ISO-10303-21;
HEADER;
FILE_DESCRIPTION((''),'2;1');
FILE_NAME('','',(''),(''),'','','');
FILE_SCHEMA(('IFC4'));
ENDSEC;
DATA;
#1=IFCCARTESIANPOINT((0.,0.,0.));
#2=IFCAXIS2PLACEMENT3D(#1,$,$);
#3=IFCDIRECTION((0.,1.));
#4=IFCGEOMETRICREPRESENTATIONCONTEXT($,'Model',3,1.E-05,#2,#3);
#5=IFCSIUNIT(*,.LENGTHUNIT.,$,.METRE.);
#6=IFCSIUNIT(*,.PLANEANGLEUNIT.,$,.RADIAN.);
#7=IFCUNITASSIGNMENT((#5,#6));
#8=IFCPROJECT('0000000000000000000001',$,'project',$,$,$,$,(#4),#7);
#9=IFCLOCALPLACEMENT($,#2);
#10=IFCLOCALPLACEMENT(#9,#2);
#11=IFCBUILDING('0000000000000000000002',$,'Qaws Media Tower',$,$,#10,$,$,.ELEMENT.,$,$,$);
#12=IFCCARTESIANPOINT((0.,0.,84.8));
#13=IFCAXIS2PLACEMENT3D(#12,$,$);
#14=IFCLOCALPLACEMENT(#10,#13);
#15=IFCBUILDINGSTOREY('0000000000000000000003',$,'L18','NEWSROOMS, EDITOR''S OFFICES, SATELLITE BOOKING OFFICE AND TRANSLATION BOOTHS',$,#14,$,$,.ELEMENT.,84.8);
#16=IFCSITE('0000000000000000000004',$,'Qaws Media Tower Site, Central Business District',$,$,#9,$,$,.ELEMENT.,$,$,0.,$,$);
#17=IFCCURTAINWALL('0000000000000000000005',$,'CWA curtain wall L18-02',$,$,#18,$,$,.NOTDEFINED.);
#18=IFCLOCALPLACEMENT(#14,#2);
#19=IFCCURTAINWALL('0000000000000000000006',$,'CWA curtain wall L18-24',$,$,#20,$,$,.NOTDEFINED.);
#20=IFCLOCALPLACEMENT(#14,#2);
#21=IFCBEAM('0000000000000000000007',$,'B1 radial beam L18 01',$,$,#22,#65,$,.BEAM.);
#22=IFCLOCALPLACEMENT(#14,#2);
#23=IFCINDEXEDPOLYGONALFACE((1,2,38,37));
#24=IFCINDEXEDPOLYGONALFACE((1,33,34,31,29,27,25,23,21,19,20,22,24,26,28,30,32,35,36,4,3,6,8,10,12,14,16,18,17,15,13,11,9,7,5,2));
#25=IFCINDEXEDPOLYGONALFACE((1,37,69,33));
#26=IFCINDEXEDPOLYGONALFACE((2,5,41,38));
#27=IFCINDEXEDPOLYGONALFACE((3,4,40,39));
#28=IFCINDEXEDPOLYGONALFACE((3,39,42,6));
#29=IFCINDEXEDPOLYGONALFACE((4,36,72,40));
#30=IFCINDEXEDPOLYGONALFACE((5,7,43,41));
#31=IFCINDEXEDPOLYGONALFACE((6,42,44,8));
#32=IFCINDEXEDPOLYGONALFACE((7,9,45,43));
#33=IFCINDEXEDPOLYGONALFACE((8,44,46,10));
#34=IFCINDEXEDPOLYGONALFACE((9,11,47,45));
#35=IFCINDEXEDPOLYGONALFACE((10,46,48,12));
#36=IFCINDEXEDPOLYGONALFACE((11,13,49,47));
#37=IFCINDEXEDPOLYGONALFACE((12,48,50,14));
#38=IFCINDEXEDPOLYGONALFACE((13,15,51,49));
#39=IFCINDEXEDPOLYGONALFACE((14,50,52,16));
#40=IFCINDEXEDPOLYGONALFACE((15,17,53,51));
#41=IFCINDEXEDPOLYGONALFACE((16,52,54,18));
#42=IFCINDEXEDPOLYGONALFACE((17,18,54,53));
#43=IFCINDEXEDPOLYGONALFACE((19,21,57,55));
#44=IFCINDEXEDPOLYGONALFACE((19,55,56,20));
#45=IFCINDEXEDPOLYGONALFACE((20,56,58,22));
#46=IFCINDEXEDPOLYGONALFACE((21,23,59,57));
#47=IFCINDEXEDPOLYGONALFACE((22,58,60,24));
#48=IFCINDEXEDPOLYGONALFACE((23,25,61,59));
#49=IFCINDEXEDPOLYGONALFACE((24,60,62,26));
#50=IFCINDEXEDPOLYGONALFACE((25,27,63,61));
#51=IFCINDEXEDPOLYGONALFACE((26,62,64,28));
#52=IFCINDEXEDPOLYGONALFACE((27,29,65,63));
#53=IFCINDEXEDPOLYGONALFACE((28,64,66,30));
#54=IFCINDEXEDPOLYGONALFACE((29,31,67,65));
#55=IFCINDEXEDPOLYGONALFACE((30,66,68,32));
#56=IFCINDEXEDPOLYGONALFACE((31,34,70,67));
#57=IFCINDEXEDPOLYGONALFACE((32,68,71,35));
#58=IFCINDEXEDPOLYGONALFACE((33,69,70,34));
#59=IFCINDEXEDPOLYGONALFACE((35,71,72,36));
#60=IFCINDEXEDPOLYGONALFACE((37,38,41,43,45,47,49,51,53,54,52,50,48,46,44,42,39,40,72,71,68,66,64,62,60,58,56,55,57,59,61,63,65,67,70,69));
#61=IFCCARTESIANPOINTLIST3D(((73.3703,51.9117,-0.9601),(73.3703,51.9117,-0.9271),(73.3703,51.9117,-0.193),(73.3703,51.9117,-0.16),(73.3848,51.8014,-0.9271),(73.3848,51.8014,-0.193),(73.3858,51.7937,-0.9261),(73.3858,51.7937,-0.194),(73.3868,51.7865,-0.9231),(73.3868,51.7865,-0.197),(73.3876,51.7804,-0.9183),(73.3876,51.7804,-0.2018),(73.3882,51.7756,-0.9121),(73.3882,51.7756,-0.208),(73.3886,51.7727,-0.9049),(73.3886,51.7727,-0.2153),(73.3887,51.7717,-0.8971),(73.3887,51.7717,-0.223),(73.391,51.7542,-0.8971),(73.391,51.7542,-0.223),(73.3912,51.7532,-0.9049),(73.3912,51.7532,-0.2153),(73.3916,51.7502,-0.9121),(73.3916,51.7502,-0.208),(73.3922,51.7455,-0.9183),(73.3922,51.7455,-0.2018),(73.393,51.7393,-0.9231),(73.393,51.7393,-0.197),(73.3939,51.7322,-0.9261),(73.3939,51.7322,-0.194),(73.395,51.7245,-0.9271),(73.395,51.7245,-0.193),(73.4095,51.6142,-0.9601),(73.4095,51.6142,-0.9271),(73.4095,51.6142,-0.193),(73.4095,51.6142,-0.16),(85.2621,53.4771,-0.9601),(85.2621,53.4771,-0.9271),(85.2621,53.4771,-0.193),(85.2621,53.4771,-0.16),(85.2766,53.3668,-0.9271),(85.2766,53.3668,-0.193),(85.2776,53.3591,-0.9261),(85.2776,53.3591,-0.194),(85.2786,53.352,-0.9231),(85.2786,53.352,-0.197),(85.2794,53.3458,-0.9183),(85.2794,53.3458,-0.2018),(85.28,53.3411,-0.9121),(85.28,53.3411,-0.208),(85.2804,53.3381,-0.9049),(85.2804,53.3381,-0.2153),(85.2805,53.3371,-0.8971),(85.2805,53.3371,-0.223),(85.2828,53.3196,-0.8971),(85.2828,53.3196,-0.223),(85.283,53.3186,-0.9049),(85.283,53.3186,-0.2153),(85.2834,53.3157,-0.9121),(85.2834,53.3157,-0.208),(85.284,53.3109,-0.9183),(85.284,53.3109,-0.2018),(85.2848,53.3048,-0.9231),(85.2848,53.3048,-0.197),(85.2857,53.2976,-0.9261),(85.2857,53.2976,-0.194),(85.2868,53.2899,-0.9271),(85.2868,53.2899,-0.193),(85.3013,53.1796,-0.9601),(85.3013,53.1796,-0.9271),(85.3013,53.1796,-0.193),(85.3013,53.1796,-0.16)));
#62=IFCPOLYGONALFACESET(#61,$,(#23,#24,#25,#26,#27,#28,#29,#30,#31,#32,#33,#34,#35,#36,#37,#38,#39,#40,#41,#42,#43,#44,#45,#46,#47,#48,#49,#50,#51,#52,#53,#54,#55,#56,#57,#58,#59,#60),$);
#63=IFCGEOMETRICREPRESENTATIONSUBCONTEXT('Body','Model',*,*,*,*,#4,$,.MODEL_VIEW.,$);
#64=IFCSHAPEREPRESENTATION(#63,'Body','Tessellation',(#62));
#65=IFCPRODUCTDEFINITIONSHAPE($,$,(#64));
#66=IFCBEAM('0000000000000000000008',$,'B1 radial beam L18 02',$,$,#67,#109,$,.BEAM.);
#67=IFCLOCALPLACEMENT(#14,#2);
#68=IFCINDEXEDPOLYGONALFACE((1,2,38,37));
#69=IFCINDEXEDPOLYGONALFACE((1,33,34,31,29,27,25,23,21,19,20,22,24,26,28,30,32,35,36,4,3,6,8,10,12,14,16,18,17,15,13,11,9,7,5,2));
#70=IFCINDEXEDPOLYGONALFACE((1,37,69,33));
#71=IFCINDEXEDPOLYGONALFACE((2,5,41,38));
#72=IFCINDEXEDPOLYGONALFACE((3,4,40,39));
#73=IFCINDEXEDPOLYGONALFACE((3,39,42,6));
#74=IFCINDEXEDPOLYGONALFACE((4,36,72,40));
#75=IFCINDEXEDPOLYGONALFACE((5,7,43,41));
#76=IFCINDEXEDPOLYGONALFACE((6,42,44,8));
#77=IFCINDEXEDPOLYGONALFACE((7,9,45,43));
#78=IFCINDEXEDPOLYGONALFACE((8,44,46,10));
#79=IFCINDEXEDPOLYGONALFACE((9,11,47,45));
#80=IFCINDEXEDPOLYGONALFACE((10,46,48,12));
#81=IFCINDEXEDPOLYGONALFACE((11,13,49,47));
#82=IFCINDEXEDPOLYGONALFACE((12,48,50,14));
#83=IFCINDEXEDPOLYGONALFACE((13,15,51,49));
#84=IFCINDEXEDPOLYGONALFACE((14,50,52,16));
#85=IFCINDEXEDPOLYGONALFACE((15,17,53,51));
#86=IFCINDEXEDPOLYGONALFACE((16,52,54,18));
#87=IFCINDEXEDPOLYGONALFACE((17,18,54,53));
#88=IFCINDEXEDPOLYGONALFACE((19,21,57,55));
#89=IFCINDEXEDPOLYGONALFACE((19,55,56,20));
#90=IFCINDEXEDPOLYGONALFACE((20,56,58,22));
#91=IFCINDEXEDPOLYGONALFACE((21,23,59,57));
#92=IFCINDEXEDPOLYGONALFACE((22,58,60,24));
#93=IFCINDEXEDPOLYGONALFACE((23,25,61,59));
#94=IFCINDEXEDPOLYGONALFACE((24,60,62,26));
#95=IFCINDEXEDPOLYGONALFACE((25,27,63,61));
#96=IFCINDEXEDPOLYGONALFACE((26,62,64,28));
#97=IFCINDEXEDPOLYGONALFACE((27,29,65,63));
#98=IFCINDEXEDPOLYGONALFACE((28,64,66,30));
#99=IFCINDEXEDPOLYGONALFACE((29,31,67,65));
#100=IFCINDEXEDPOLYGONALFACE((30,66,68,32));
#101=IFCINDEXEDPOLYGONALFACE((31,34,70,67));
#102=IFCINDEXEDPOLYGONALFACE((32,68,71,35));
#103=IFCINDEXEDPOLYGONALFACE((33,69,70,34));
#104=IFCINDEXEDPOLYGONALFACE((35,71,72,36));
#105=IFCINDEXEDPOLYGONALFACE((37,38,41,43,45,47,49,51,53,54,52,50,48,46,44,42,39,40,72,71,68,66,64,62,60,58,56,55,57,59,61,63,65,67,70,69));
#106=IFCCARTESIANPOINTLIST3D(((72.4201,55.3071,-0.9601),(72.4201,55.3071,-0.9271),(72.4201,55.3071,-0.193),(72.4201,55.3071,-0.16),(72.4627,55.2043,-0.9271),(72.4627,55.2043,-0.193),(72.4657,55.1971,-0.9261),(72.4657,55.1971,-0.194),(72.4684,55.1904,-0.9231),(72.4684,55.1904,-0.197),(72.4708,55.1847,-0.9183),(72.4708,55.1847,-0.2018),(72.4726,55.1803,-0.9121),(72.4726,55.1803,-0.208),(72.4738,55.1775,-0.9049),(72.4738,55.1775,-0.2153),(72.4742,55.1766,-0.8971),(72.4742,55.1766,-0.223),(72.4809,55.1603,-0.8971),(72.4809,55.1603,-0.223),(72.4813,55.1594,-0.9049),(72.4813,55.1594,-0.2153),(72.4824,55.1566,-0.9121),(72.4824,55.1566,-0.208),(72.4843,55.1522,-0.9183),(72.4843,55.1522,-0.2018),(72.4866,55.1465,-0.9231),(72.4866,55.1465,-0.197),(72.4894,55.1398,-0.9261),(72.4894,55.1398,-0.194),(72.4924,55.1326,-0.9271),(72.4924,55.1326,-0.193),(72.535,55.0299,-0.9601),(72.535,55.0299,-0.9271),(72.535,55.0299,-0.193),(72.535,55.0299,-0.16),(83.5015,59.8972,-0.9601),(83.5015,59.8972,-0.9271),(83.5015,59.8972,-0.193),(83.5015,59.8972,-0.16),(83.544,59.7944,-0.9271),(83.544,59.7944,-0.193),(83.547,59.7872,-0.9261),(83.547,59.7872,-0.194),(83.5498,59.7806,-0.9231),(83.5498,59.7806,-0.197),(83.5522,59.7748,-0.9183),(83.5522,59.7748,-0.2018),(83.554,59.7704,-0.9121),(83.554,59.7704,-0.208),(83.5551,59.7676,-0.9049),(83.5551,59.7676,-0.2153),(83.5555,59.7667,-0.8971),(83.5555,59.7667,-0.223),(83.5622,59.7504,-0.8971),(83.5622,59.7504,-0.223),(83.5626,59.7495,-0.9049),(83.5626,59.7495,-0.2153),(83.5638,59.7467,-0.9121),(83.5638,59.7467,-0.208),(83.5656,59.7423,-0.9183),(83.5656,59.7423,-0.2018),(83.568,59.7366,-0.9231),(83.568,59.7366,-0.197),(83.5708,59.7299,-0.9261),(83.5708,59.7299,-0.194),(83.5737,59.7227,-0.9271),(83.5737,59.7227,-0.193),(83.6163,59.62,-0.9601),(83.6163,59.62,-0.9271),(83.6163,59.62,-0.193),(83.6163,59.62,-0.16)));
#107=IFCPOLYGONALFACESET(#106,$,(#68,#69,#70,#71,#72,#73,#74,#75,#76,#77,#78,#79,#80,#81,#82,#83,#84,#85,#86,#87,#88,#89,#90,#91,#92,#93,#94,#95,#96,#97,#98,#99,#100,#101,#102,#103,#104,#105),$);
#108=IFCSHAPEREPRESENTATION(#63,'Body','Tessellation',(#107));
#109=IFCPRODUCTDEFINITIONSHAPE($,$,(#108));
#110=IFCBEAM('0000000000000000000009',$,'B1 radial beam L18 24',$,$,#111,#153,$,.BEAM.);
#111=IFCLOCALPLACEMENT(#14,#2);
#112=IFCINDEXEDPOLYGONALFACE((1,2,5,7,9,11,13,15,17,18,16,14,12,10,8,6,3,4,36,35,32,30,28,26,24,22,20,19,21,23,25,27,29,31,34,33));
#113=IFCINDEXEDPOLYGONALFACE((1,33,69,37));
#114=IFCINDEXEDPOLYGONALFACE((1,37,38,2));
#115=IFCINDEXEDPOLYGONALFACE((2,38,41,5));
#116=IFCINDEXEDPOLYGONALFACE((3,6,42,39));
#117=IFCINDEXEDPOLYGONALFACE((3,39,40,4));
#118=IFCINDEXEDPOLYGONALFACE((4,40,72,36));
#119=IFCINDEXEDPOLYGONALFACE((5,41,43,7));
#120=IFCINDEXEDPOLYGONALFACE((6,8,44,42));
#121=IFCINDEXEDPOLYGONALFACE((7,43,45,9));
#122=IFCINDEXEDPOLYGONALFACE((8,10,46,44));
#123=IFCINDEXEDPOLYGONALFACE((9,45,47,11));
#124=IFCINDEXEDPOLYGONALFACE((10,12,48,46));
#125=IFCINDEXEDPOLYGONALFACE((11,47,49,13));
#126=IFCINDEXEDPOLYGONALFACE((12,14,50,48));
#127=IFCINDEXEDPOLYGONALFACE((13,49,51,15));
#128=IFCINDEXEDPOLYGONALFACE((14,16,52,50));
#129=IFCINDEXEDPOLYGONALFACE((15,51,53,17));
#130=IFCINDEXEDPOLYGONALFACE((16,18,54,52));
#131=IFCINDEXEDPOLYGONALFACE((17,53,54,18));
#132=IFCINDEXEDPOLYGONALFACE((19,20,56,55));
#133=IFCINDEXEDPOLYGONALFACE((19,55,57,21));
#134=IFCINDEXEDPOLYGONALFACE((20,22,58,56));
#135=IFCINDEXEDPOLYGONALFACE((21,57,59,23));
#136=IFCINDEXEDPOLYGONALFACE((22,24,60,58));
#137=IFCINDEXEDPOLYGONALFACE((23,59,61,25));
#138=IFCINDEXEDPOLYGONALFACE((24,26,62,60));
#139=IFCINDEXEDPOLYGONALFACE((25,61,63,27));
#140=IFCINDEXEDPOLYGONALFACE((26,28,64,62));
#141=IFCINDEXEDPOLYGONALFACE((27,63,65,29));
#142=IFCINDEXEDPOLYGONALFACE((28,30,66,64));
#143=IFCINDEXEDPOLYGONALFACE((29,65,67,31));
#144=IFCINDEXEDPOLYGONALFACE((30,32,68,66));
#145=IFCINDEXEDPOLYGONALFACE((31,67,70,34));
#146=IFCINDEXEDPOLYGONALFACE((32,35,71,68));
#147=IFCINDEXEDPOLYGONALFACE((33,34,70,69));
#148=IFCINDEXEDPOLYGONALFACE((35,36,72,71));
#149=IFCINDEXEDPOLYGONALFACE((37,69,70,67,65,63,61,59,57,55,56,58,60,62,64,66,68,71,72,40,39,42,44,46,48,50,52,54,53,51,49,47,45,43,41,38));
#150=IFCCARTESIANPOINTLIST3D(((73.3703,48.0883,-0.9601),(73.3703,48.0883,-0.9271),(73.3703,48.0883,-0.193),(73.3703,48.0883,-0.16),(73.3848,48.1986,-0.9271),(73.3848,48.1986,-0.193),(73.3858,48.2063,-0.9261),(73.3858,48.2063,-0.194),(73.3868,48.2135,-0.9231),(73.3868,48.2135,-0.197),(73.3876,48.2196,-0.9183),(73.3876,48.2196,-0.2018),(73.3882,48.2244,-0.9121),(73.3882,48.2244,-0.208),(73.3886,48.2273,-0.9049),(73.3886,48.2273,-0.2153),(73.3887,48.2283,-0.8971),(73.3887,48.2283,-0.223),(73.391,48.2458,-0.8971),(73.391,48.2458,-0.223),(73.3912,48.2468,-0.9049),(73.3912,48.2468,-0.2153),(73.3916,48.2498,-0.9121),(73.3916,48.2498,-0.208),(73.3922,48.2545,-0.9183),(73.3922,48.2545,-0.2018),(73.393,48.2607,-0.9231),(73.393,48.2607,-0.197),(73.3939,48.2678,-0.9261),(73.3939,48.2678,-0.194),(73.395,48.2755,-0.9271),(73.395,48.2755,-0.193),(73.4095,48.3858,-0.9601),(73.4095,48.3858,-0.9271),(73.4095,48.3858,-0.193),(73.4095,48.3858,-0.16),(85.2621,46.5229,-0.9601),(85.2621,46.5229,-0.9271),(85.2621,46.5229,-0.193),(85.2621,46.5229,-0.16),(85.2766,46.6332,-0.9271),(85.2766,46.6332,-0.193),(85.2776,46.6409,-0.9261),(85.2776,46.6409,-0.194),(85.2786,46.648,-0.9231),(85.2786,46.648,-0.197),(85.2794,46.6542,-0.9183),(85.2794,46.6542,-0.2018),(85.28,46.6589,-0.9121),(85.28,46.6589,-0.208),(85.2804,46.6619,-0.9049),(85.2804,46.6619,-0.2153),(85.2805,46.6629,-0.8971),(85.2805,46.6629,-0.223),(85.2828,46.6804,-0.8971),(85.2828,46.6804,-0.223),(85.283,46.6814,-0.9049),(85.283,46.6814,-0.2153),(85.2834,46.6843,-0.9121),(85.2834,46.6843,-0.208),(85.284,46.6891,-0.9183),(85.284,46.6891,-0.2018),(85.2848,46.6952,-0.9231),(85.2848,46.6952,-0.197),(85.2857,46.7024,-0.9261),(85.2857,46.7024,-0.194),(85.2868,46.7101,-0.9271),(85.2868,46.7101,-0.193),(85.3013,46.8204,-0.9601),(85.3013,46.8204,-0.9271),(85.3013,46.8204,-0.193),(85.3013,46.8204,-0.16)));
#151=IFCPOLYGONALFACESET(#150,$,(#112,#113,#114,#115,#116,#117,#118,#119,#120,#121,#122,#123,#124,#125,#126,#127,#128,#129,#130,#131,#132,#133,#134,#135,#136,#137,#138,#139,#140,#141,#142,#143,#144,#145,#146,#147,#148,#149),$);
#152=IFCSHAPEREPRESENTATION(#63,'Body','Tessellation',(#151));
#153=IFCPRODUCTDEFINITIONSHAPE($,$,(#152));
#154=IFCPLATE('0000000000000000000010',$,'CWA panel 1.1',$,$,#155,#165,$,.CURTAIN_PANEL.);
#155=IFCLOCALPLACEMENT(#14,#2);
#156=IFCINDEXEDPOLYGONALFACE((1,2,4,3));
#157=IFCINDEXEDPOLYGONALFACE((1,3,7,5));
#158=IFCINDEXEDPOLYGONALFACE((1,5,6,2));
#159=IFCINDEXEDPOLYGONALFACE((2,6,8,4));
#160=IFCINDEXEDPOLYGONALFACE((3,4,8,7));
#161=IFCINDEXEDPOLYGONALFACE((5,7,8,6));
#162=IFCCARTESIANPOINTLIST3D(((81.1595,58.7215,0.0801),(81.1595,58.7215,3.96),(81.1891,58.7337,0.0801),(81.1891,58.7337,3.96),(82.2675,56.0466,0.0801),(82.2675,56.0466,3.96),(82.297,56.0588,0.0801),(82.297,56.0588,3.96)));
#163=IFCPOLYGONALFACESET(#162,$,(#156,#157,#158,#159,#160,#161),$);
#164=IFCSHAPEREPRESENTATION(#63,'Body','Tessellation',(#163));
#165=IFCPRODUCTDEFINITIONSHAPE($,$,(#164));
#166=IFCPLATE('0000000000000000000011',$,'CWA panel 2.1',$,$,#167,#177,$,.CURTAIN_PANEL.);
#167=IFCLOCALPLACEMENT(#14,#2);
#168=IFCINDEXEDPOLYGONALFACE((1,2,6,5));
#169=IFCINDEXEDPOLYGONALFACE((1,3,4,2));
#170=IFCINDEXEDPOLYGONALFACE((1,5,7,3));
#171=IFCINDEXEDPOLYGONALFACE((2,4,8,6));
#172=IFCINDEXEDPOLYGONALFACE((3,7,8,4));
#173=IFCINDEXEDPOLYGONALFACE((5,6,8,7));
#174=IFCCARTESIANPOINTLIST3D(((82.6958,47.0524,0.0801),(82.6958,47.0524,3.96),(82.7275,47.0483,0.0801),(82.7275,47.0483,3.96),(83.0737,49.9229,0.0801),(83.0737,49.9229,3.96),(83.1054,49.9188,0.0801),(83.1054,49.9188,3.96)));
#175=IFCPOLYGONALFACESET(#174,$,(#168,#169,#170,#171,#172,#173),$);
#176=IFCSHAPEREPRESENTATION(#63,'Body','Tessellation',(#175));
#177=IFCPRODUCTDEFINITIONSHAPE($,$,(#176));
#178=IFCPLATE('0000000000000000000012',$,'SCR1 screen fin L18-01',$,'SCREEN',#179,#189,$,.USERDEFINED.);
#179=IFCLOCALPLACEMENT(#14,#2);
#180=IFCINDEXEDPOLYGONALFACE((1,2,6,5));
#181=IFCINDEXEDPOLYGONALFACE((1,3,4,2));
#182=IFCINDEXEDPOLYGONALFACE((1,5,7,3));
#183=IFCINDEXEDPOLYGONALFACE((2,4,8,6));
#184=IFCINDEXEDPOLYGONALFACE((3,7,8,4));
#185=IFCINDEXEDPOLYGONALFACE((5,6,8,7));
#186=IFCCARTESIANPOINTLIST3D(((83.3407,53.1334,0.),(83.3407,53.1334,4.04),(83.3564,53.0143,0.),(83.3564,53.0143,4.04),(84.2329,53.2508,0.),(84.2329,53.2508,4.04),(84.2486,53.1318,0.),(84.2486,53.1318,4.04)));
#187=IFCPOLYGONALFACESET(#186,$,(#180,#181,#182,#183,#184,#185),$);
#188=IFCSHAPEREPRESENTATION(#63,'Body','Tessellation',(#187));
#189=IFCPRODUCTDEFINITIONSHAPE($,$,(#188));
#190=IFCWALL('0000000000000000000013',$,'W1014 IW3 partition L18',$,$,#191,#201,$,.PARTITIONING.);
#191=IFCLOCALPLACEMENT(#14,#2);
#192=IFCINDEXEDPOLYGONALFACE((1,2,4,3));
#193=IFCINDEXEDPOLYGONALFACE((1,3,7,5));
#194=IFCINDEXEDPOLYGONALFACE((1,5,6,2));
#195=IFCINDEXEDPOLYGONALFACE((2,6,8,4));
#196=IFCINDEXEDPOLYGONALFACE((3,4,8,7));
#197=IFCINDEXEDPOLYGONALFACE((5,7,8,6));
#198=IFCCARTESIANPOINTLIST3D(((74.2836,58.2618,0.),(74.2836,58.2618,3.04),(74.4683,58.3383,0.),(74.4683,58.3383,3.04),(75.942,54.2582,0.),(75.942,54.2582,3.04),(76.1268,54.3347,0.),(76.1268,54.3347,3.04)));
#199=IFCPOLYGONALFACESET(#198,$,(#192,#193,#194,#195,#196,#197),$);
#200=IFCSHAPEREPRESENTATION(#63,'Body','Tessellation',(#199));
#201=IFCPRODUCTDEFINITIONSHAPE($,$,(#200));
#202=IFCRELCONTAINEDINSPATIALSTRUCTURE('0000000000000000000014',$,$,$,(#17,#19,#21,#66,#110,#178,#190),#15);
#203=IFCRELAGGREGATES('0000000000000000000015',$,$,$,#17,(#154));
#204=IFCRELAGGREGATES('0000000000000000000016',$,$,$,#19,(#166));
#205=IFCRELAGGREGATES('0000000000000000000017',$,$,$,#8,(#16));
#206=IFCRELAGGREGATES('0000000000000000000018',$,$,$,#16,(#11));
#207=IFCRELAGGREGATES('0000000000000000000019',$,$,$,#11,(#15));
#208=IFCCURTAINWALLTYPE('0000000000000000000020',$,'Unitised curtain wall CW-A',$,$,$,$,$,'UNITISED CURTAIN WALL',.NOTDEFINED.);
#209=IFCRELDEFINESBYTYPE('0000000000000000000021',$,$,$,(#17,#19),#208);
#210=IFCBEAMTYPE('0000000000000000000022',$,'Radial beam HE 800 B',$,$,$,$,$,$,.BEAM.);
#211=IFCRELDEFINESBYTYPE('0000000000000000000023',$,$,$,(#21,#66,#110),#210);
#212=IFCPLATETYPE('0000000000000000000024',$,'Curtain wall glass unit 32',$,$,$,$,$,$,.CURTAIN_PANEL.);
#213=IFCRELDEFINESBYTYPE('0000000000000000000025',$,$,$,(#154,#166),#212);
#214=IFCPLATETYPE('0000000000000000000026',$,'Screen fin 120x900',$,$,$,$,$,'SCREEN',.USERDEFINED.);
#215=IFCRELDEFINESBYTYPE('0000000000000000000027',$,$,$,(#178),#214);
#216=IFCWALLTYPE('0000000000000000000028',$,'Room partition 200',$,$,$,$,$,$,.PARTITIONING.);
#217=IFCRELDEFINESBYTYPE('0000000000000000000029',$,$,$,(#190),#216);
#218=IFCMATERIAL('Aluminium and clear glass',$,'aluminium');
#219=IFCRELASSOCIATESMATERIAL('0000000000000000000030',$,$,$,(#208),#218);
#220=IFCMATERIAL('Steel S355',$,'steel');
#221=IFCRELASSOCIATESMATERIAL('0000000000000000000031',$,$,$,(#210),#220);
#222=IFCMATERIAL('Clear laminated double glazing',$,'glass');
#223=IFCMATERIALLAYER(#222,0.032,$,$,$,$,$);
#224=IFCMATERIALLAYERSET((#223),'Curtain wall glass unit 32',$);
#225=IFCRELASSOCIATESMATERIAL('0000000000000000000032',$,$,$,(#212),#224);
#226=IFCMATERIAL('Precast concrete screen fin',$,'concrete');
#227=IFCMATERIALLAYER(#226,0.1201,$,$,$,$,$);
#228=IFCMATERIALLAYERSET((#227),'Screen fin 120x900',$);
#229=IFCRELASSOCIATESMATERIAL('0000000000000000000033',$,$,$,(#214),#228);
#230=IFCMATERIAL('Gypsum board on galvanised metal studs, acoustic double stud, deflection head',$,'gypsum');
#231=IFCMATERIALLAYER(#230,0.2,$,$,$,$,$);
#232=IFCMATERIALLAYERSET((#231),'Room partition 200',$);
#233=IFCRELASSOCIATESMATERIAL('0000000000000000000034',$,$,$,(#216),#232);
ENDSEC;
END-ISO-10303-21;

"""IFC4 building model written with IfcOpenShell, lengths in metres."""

from ifc_helpers import new_model, si_unit, direction, frame, frame_2d, origin, origin_2d, place, context, subcontext, project, spatial, rectangle, i_section, extrude, material, layer, layer_set, material_profile, profile_set, type_object, element, aggregate, save


model = new_model("IFC4")

# Units and contexts
model_context = context("Model", 3, precision=1e-05, world=origin(), true_north=direction((0.0, 1.0)))
body_context = subcontext(model_context, "Body", "Model", "MODEL_VIEW")
ifc_project = project(units=[si_unit("LENGTHUNIT", "METRE"), si_unit("PLANEANGLEUNIT", "RADIAN")], contexts=[model_context])

# Site, building, storey
site_placement = place(None, origin())
site = spatial("IfcSite", under=ifc_project, at=site_placement, Name="Qaws Media Tower Site, Central Business District", CompositionType="ELEMENT", RefElevation=0.0)
building_placement = place(site_placement, origin())
building = spatial("IfcBuilding", under=site, at=building_placement, Name="Qaws Media Tower", CompositionType="ELEMENT")
storey_placement = place(building_placement, frame((0.0, 0.0, 84.8)))
storey = spatial("IfcBuildingStorey", under=building, at=storey_placement, Name="L18", Description="NEWSROOMS, EDITOR'S OFFICES, SATELLITE BOOKING OFFICE AND TRANSLATION BOOTHS", CompositionType="ELEMENT", Elevation=84.8)

# Curtain wall
ifc_material_1 = material(Name="Aluminium and clear glass", Category="aluminium")
curtain_wall_type = type_object("IfcCurtainWallType", Name="Unitised curtain wall CW-A", ElementType="UNITISED CURTAIN WALL", PredefinedType="NOTDEFINED", material=ifc_material_1)
curtain_wall_1_placement = place(storey_placement, origin())
curtain_wall_1 = element("IfcCurtainWall", 1, at=curtain_wall_1_placement, inside=storey, type_object=curtain_wall_type, Name="CWA curtain wall L18-02", PredefinedType="NOTDEFINED")

# Curtain wall
curtain_wall_2_placement = place(storey_placement, origin())
curtain_wall_2 = element("IfcCurtainWall", 2, at=curtain_wall_2_placement, inside=storey, type_object=curtain_wall_type, Name="CWA curtain wall L18-24", PredefinedType="NOTDEFINED")

# Beams
ifc_material_2 = material(Name="Steel S355", Category="steel")
ifc_material_profile_1 = material_profile(ifc_material_2, i_section(OverallWidth=0.3, OverallDepth=0.8, WebThickness=0.0176, FlangeThickness=0.033, FilletRadius=0.03, at=origin_2d()), Name="HE 800 B")
ifc_profile_set_1 = profile_set([ifc_material_profile_1], Name="Steel S355")
beam_type_1 = type_object("IfcBeamType", Name="Radial beam HE 800 B", PredefinedType="BEAM", material=ifc_profile_set_1)
for number, where, z_axis, x_axis, name in (
    (3, (73.3899, 51.7629, -0.5601), (0.991447, 0.130513, 0.0), (-0.130513, 0.991447, 0.0), "B1 radial beam L18 01"),
    (4, (72.4775, 55.1685, -0.5601), (0.923878, 0.382688, 0.0), (-0.382688, 0.923878, 0.0), "B1 radial beam L18 02"),
    (5, (73.3899, 48.2371, -0.5601), (0.991447, -0.130513, 0.0), (0.130513, 0.991447, 0.0), "B1 radial beam L18 24"),
):
    element("IfcBeam", number, at=place(storey_placement, frame(where, z_axis=z_axis, x_axis=x_axis)), inside=storey, type_object=beam_type_1, Name=name, PredefinedType="BEAM", context=body_context, shape_type="SweptSolid", body=[
        extrude(i_section(OverallWidth=0.3, OverallDepth=0.8, WebThickness=0.0176, FlangeThickness=0.033, FilletRadius=0.03, at=origin_2d()), origin(), (0.0, 0.0, 1.0), 11.9944),
    ])

# Plates
ifc_material_3 = material(Name="Clear laminated double glazing", Category="glass")
ifc_layer_1 = layer(ifc_material_3, 0.032)
ifc_layer_set_1 = layer_set([ifc_layer_1], Name="Curtain wall glass unit 32")
plate_type_1 = type_object("IfcPlateType", Name="Curtain wall glass unit 32", PredefinedType="CURTAIN_PANEL", material=ifc_layer_set_1)
plate_1_placement = place(storey_placement, frame((81.7283, 57.3901, 0.0801), z_axis=(0.0, 0.0, 1.0), x_axis=(-0.382683, 0.92388, 0.0)))
plate_1 = element("IfcPlate", 6, at=plate_1_placement, type_object=plate_type_1, Name="CWA panel 1.1", PredefinedType="CURTAIN_PANEL", context=body_context, shape_type="SweptSolid", body=[
    extrude(rectangle(XDim=2.8953, YDim=0.032, at=origin_2d()), origin(), (0.0, 0.0, 1.0), 3.8799),
])
aggregate(curtain_wall_1, [plate_1])
plate_2_placement = place(storey_placement, frame((82.9006, 48.4856, 0.0801), z_axis=(0.0, 0.0, 1.0), x_axis=(0.130526, 0.991445, 0.0)))
plate_2 = element("IfcPlate", 7, at=plate_2_placement, type_object=plate_type_1, Name="CWA panel 2.1", PredefinedType="CURTAIN_PANEL", context=body_context, shape_type="SweptSolid", body=[
    extrude(rectangle(XDim=2.8953, YDim=0.032, at=origin_2d()), origin(), (0.0, 0.0, 1.0), 3.8799),
])
aggregate(curtain_wall_2, [plate_2])
ifc_material_4 = material(Name="Precast concrete screen fin", Category="concrete")
ifc_layer_2 = layer(ifc_material_4, 0.1201)
ifc_layer_set_2 = layer_set([ifc_layer_2], Name="Screen fin 120x900")
plate_type_2 = type_object("IfcPlateType", Name="Screen fin 120x900", ElementType="SCREEN", PredefinedType="USERDEFINED", material=ifc_layer_set_2)
plate_3_placement = place(storey_placement, frame((83.7947, 53.1326, 0.0), z_axis=(0.0, 0.0, 1.0), x_axis=(0.991445, 0.130526, 0.0)))
element("IfcPlate", 8, at=plate_3_placement, inside=storey, type_object=plate_type_2, Name="SCR1 screen fin L18-01", ObjectType="SCREEN", PredefinedType="USERDEFINED", context=body_context, shape_type="SweptSolid", body=[
    extrude(rectangle(XDim=0.8999, YDim=0.1201, at=origin_2d()), origin(), (0.0, 0.0, 1.0), 4.04),
])

# Wall
ifc_material_5 = material(Name="Gypsum board on galvanised metal studs, acoustic double stud, deflection head", Category="gypsum")
ifc_layer_3 = layer(ifc_material_5, 0.2)
ifc_layer_set_3 = layer_set([ifc_layer_3], Name="Room partition 200")
wall_type_1 = type_object("IfcWallType", Name="Room partition 200", PredefinedType="PARTITIONING", material=ifc_layer_set_3)
for number, where, z_axis, x_axis, name in (
    (9, (74.376, 58.3, 0.0), (0.0, 0.0, 1.0), (0.382698, -0.923873, 0.0), "W1014 IW3 partition L18"),
):
    element("IfcWall", number, at=place(storey_placement, frame(where, z_axis=z_axis, x_axis=x_axis)), inside=storey, type_object=wall_type_1, Name=name, PredefinedType="PARTITIONING", context=body_context, shape_type="SweptSolid", body=[
        extrude(rectangle(XDim=4.3335, YDim=0.2, at=frame_2d((2.1667, 0.0))), origin(), (0.0, 0.0, 1.0), 3.04),
    ])

save(model, "model.ifc")
